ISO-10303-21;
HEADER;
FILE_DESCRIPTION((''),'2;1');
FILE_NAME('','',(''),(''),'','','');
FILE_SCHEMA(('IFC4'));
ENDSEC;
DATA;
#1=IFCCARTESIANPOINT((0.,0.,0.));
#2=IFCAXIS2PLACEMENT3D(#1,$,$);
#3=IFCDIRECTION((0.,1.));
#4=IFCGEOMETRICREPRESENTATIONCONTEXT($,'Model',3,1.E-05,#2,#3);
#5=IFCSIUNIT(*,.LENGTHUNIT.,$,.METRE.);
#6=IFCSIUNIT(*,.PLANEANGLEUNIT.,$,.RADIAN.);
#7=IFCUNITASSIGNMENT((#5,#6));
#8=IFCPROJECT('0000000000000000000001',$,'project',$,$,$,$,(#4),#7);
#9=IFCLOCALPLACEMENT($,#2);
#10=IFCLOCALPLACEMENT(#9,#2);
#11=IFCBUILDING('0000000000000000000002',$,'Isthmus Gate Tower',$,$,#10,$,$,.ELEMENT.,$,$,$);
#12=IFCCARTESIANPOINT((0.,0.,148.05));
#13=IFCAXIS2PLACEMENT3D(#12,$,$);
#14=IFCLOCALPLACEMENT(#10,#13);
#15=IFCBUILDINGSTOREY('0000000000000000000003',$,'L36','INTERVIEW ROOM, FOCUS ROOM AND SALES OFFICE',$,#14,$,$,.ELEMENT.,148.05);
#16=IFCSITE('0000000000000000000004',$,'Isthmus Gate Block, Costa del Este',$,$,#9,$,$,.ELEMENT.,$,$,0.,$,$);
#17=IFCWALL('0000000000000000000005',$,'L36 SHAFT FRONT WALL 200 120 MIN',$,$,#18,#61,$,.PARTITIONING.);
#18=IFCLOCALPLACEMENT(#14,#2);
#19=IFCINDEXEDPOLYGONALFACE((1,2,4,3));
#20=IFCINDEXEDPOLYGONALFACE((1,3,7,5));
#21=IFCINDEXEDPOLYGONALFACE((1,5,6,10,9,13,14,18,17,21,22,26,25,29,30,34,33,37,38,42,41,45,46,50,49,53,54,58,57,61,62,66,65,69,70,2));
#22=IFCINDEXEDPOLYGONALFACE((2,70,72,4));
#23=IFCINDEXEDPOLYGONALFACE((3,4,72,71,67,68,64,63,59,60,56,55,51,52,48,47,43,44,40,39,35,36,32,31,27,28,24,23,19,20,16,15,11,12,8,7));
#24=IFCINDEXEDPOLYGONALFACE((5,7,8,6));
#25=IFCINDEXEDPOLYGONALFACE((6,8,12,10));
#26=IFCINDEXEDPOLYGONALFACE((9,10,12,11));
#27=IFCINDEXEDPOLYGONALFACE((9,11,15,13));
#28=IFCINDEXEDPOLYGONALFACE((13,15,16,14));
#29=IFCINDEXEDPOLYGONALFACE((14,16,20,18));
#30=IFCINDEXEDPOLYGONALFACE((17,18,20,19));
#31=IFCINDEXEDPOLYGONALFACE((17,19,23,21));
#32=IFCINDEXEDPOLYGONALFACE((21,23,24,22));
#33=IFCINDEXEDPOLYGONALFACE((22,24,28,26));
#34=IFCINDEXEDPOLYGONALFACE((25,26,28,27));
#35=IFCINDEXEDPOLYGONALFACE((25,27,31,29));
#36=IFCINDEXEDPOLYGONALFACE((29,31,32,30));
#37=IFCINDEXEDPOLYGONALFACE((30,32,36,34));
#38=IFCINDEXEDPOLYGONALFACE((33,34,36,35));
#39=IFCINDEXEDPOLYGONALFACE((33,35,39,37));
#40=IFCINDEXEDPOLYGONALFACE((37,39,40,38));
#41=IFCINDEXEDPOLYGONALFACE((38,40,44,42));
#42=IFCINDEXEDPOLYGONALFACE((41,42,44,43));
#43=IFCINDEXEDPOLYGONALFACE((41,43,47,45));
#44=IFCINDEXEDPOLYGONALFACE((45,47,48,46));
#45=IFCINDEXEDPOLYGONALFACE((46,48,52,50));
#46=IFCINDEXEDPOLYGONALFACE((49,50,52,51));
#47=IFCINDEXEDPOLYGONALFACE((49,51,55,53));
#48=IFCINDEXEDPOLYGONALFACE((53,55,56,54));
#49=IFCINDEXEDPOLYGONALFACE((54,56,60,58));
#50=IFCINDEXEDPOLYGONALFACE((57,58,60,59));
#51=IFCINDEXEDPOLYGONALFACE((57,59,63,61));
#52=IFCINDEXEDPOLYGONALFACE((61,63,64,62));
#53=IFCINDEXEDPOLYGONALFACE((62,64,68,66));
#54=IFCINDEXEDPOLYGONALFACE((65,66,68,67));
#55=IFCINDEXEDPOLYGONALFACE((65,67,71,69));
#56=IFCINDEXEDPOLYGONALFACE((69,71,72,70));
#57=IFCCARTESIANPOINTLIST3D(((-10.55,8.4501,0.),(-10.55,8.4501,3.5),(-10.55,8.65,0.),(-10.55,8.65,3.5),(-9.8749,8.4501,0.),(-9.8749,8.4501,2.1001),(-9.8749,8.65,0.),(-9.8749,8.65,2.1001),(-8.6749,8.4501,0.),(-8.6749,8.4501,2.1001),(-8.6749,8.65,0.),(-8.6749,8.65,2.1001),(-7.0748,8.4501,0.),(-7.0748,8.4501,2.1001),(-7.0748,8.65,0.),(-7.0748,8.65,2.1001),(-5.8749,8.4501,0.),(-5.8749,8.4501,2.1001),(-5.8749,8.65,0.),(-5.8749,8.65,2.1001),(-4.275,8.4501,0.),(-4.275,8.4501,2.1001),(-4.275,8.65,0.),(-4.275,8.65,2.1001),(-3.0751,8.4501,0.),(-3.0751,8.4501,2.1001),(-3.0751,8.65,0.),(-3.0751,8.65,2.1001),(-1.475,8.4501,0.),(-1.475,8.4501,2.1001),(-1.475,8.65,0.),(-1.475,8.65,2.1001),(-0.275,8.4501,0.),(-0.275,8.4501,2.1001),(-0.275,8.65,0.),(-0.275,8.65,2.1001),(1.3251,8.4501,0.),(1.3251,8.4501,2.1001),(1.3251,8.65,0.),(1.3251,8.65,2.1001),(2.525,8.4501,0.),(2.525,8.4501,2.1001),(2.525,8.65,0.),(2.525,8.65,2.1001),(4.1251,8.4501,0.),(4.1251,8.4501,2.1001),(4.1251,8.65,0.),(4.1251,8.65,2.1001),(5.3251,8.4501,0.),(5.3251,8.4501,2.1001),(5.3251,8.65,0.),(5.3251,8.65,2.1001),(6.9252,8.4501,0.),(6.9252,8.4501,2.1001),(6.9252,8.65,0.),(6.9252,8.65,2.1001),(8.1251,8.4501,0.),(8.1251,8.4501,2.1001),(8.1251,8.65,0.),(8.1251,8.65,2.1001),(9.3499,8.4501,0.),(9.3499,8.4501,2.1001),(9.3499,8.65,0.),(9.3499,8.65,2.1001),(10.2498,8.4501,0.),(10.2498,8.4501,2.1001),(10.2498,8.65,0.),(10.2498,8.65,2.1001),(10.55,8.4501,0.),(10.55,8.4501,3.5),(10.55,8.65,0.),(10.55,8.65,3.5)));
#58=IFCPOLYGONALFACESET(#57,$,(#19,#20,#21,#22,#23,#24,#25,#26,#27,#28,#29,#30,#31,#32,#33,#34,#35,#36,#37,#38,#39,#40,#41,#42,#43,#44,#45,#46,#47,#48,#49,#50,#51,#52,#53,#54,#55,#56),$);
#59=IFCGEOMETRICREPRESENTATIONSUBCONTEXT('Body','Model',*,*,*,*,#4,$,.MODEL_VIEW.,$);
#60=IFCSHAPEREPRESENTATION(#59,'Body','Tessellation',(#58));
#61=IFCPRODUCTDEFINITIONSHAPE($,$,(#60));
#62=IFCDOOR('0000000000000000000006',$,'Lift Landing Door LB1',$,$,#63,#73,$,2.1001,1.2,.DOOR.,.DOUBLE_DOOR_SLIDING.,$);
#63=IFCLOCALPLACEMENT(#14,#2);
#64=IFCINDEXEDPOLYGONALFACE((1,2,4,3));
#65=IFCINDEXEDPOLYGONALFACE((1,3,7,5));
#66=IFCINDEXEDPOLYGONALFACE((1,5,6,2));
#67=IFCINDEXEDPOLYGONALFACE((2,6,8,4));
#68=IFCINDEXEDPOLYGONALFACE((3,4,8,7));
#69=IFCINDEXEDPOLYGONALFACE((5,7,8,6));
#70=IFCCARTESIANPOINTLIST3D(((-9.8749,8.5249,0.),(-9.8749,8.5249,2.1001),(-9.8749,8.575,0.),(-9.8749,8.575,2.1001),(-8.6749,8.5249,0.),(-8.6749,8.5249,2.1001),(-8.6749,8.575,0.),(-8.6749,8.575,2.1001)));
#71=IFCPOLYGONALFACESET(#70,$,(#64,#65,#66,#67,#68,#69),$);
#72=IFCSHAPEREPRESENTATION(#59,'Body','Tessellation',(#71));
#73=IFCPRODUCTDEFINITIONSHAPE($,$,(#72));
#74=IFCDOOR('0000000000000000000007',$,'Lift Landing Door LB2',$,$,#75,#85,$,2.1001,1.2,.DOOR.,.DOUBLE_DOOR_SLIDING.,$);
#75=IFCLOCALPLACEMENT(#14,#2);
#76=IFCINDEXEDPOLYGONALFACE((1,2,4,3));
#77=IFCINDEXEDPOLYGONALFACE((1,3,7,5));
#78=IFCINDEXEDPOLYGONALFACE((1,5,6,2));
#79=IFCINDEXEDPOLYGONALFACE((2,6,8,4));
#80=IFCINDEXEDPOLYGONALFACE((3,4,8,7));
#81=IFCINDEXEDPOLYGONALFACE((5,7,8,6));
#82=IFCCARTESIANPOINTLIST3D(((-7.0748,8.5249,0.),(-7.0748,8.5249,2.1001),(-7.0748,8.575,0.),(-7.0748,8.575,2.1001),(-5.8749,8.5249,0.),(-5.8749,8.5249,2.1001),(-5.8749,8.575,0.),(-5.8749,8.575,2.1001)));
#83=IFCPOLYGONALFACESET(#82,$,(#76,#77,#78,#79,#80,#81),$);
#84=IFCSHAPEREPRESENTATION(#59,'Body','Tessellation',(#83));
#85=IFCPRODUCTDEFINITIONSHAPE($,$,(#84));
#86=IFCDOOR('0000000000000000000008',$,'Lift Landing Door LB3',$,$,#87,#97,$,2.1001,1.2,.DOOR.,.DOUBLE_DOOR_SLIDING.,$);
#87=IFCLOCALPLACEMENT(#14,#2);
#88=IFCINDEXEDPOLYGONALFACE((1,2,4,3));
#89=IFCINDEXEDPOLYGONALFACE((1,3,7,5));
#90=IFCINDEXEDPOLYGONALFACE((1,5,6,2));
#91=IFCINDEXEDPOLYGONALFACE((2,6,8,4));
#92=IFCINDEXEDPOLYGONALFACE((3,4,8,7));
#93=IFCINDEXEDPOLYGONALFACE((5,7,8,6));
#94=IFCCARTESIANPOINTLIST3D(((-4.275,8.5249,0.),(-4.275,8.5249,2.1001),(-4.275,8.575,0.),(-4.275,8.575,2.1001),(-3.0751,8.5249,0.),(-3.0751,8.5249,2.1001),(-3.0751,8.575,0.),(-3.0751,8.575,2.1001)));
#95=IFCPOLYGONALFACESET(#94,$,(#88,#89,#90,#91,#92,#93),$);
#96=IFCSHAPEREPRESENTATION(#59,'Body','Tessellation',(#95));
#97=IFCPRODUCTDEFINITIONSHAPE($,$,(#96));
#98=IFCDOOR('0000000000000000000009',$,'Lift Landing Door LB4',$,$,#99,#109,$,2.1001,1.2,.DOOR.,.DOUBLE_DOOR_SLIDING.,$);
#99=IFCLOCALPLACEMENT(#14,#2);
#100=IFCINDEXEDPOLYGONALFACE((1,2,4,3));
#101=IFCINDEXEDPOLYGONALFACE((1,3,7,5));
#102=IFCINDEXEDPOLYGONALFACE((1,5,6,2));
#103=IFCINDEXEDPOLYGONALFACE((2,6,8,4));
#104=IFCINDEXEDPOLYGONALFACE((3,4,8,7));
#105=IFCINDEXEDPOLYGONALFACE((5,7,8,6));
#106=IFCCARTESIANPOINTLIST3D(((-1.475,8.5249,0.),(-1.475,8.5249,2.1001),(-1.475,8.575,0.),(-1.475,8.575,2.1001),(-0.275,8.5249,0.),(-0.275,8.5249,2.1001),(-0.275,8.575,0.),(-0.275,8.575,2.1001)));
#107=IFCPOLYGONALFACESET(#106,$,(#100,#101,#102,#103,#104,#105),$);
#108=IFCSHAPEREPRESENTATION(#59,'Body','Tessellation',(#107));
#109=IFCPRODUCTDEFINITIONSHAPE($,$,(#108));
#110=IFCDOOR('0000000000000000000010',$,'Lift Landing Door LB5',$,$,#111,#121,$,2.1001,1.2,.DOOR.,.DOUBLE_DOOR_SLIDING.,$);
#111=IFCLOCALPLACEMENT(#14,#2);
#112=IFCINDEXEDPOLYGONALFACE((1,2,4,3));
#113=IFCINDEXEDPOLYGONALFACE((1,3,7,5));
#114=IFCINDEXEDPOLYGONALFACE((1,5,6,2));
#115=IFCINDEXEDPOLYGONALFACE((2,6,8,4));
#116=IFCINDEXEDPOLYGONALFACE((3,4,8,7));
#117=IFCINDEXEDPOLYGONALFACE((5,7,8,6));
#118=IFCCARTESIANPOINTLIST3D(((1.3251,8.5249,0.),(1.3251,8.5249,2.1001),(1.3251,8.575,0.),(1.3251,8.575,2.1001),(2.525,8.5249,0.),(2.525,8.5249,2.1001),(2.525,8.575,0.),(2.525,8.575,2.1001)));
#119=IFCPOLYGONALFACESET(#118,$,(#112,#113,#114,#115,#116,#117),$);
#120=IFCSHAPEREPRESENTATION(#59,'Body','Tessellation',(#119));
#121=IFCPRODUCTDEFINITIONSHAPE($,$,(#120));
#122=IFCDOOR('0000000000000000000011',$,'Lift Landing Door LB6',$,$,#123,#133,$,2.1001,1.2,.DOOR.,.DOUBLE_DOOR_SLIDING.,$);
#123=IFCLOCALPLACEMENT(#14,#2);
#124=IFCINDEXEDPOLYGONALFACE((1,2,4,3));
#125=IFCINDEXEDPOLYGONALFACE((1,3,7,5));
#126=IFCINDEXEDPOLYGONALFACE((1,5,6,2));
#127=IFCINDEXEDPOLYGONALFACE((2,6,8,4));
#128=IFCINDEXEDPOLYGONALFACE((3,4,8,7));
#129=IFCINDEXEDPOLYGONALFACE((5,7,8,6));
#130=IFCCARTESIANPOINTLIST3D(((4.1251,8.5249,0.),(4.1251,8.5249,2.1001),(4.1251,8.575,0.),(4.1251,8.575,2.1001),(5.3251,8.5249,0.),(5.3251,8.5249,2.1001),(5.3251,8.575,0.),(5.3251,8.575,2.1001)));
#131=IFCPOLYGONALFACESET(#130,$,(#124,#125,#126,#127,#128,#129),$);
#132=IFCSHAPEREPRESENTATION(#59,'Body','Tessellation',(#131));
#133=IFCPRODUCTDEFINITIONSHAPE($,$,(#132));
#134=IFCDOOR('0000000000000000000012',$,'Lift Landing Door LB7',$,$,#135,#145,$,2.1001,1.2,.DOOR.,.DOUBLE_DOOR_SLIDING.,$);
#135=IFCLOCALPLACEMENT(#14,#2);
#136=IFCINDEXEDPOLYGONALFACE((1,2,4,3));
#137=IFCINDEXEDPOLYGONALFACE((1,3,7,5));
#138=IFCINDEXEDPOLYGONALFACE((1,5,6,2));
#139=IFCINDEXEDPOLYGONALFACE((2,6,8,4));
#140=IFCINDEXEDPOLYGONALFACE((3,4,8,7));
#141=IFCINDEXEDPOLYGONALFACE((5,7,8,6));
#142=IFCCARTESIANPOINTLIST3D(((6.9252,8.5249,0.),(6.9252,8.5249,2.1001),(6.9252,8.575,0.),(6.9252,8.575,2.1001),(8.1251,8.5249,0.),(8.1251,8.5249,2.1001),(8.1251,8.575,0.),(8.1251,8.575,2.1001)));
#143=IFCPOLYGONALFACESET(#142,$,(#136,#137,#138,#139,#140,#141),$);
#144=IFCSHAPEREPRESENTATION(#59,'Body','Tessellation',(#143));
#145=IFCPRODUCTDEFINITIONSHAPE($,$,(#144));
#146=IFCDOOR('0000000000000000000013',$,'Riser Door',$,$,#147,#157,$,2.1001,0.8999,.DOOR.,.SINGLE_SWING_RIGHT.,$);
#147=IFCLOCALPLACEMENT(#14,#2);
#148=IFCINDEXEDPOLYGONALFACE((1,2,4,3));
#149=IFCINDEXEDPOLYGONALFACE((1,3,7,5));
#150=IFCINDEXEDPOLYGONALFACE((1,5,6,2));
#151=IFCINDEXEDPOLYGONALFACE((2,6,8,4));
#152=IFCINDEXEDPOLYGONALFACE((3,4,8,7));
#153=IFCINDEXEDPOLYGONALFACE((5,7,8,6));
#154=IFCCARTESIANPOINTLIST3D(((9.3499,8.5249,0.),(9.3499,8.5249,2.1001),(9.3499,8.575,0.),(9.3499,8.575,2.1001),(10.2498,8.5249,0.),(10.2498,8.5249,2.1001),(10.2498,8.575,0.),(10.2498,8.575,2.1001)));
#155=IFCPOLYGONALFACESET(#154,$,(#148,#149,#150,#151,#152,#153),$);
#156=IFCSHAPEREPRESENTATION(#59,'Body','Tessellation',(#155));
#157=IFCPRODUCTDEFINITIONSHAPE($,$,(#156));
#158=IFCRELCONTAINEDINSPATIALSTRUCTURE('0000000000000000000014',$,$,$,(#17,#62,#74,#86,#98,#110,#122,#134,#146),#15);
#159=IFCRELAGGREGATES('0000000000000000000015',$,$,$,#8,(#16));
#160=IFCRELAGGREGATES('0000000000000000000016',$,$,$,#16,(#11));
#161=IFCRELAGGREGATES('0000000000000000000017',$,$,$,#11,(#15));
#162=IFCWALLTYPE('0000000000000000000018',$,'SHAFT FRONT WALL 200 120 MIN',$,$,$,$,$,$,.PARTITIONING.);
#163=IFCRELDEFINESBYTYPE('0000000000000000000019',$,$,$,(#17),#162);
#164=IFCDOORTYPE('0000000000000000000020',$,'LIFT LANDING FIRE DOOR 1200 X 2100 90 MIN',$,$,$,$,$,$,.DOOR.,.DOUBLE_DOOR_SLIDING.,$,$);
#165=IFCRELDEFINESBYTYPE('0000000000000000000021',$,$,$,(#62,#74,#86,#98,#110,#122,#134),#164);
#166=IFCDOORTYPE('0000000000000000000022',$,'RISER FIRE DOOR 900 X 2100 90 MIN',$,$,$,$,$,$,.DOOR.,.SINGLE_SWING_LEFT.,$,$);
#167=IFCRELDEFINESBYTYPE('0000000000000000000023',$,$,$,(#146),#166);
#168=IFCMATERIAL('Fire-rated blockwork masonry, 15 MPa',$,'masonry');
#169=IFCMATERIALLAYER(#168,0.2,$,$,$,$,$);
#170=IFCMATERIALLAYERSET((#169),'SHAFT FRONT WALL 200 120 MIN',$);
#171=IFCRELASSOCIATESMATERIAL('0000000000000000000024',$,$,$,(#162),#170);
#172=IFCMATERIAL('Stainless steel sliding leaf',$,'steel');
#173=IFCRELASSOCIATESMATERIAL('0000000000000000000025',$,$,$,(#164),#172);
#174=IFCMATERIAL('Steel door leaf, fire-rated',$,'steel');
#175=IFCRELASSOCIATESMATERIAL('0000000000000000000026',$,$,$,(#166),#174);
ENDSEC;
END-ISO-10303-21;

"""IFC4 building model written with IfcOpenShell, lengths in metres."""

from ifc_helpers import new_model, si_unit, direction, frame, frame_2d, origin, place, context, subcontext, project, spatial, rectangle, extrude, material, layer, layer_set, type_object, element, fill, save


model = new_model("IFC4")

# Units and contexts
model_context = context("Model", 3, precision=1e-05, world=origin(), true_north=direction((0.0, 1.0)))
body_context = subcontext(model_context, "Body", "Model", "MODEL_VIEW")
ifc_project = project(units=[si_unit("LENGTHUNIT", "METRE"), si_unit("PLANEANGLEUNIT", "RADIAN")], contexts=[model_context])

# Site, building, storey
site_placement = place(None, origin())
site = spatial("IfcSite", under=ifc_project, at=site_placement, Name="Isthmus Gate Block, Costa del Este", CompositionType="ELEMENT", RefElevation=0.0)
building_placement = place(site_placement, origin())
building = spatial("IfcBuilding", under=site, at=building_placement, Name="Isthmus Gate Tower", CompositionType="ELEMENT")
storey_placement = place(building_placement, frame((0.0, 0.0, 148.05)))
storey = spatial("IfcBuildingStorey", under=building, at=storey_placement, Name="L36", Description="INTERVIEW ROOM, FOCUS ROOM AND SALES OFFICE", CompositionType="ELEMENT", Elevation=148.05)

# Wall, openings, doors
ifc_material_1 = material(Name="Fire-rated blockwork masonry, 15 MPa", Category="masonry")
ifc_layer_1 = layer(ifc_material_1, 0.2)
ifc_layer_set_1 = layer_set([ifc_layer_1], Name="SHAFT FRONT WALL 200 120 MIN")
wall_type_1 = type_object("IfcWallType", Name="SHAFT FRONT WALL 200 120 MIN", PredefinedType="PARTITIONING", material=ifc_layer_set_1)
wall_1_placement = place(storey_placement, frame((-10.55, 8.55, 0.0), z_axis=(0.0, 0.0, 1.0), x_axis=(1.0, 0.0, 0.0)))
wall_1 = element("IfcWall", 1, at=wall_1_placement, inside=storey, type_object=wall_type_1, Name="L36 SHAFT FRONT WALL 200 120 MIN", PredefinedType="PARTITIONING", context=body_context, shape_type="SweptSolid", body=[
    extrude(rectangle(XDim=21.1001, YDim=0.2, at=frame_2d((10.55, 0.0))), origin(), (0.0, 0.0, 1.0), 3.5),
])
opening_1_placement = place(wall_1_placement, frame((0.675, 0.0, 0.0)))
opening_1 = element("IfcOpeningElement", 2, at=opening_1_placement, cuts=wall_1, PredefinedType="OPENING", context=body_context, shape_type="SweptSolid", body=[
    extrude(rectangle(XDim=1.2, YDim=2.1001, at=frame_2d((0.6001, 1.05))), frame((0.0, 0.1099, 0.0), z_axis=(0.0, -1.0, 0.0), x_axis=(1.0, 0.0, 0.0)), (0.0, 0.0, 1.0), 0.22),
])
opening_2_placement = place(wall_1_placement, frame((3.4751, 0.0, 0.0)))
opening_2 = element("IfcOpeningElement", 3, at=opening_2_placement, cuts=wall_1, PredefinedType="OPENING", context=body_context, shape_type="SweptSolid", body=[
    extrude(rectangle(XDim=1.2, YDim=2.1001, at=frame_2d((0.6001, 1.05))), frame((0.0, 0.1099, 0.0), z_axis=(0.0, -1.0, 0.0), x_axis=(1.0, 0.0, 0.0)), (0.0, 0.0, 1.0), 0.22),
])
opening_3_placement = place(wall_1_placement, frame((6.2749, 0.0, 0.0)))
opening_3 = element("IfcOpeningElement", 4, at=opening_3_placement, cuts=wall_1, PredefinedType="OPENING", context=body_context, shape_type="SweptSolid", body=[
    extrude(rectangle(XDim=1.2, YDim=2.1001, at=frame_2d((0.6001, 1.05))), frame((0.0, 0.1099, 0.0), z_axis=(0.0, -1.0, 0.0), x_axis=(1.0, 0.0, 0.0)), (0.0, 0.0, 1.0), 0.22),
])
opening_4_placement = place(wall_1_placement, frame((9.075, 0.0, 0.0)))
opening_4 = element("IfcOpeningElement", 5, at=opening_4_placement, cuts=wall_1, PredefinedType="OPENING", context=body_context, shape_type="SweptSolid", body=[
    extrude(rectangle(XDim=1.2, YDim=2.1001, at=frame_2d((0.6001, 1.05))), frame((0.0, 0.1099, 0.0), z_axis=(0.0, -1.0, 0.0), x_axis=(1.0, 0.0, 0.0)), (0.0, 0.0, 1.0), 0.22),
])
opening_5_placement = place(wall_1_placement, frame((11.875, 0.0, 0.0)))
opening_5 = element("IfcOpeningElement", 6, at=opening_5_placement, cuts=wall_1, PredefinedType="OPENING", context=body_context, shape_type="SweptSolid", body=[
    extrude(rectangle(XDim=1.2, YDim=2.1001, at=frame_2d((0.6001, 1.05))), frame((0.0, 0.1099, 0.0), z_axis=(0.0, -1.0, 0.0), x_axis=(1.0, 0.0, 0.0)), (0.0, 0.0, 1.0), 0.22),
])
opening_6_placement = place(wall_1_placement, frame((14.675, 0.0, 0.0)))
opening_6 = element("IfcOpeningElement", 7, at=opening_6_placement, cuts=wall_1, PredefinedType="OPENING", context=body_context, shape_type="SweptSolid", body=[
    extrude(rectangle(XDim=1.2, YDim=2.1001, at=frame_2d((0.6001, 1.05))), frame((0.0, 0.1099, 0.0), z_axis=(0.0, -1.0, 0.0), x_axis=(1.0, 0.0, 0.0)), (0.0, 0.0, 1.0), 0.22),
])
opening_7_placement = place(wall_1_placement, frame((17.4751, 0.0, 0.0)))
opening_7 = element("IfcOpeningElement", 8, at=opening_7_placement, cuts=wall_1, PredefinedType="OPENING", context=body_context, shape_type="SweptSolid", body=[
    extrude(rectangle(XDim=1.2, YDim=2.1001, at=frame_2d((0.6001, 1.05))), frame((0.0, 0.1099, 0.0), z_axis=(0.0, -1.0, 0.0), x_axis=(1.0, 0.0, 0.0)), (0.0, 0.0, 1.0), 0.22),
])
opening_8_placement = place(wall_1_placement, frame((19.8999, 0.0, 0.0)))
opening_8 = element("IfcOpeningElement", 9, at=opening_8_placement, cuts=wall_1, PredefinedType="OPENING", context=body_context, shape_type="SweptSolid", body=[
    extrude(rectangle(XDim=0.8999, YDim=2.1001, at=frame_2d((0.45, 1.05))), frame((0.0, 0.1099, 0.0), z_axis=(0.0, -1.0, 0.0), x_axis=(1.0, 0.0, 0.0)), (0.0, 0.0, 1.0), 0.22),
])
ifc_material_2 = material(Name="Stainless steel sliding leaf", Category="steel")
door_type_1 = type_object("IfcDoorType", Name="LIFT LANDING FIRE DOOR 1200 X 2100 90 MIN", OperationType="DOUBLE_DOOR_SLIDING", PredefinedType="DOOR", material=ifc_material_2)
door_1_placement = place(opening_1_placement, origin())
door_1 = element("IfcDoor", 10, at=door_1_placement, inside=storey, type_object=door_type_1, Name="Lift Landing Door LB1", OperationType="DOUBLE_DOOR_SLIDING", OverallHeight=2.1001, OverallWidth=1.2, PredefinedType="DOOR", context=body_context, shape_type="SweptSolid", body=[
    extrude(rectangle(XDim=1.2, YDim=2.1001, at=frame_2d((0.6001, 1.05))), frame((0.0, 0.0249, 0.0), z_axis=(0.0, -1.0, 0.0), x_axis=(1.0, 0.0, 0.0)), (0.0, 0.0, 1.0), 0.05),
])
fill(opening_1, door_1)
door_2_placement = place(opening_2_placement, origin())
door_2 = element("IfcDoor", 11, at=door_2_placement, inside=storey, type_object=door_type_1, Name="Lift Landing Door LB2", OperationType="DOUBLE_DOOR_SLIDING", OverallHeight=2.1001, OverallWidth=1.2, PredefinedType="DOOR", context=body_context, shape_type="SweptSolid", body=[
    extrude(rectangle(XDim=1.2, YDim=2.1001, at=frame_2d((0.6001, 1.05))), frame((0.0, 0.0249, 0.0), z_axis=(0.0, -1.0, 0.0), x_axis=(1.0, 0.0, 0.0)), (0.0, 0.0, 1.0), 0.05),
])
fill(opening_2, door_2)
door_3_placement = place(opening_3_placement, origin())
door_3 = element("IfcDoor", 12, at=door_3_placement, inside=storey, type_object=door_type_1, Name="Lift Landing Door LB3", OperationType="DOUBLE_DOOR_SLIDING", OverallHeight=2.1001, OverallWidth=1.2, PredefinedType="DOOR", context=body_context, shape_type="SweptSolid", body=[
    extrude(rectangle(XDim=1.2, YDim=2.1001, at=frame_2d((0.6001, 1.05))), frame((0.0, 0.0249, 0.0), z_axis=(0.0, -1.0, 0.0), x_axis=(1.0, 0.0, 0.0)), (0.0, 0.0, 1.0), 0.05),
])
fill(opening_3, door_3)
door_4_placement = place(opening_4_placement, origin())
door_4 = element("IfcDoor", 13, at=door_4_placement, inside=storey, type_object=door_type_1, Name="Lift Landing Door LB4", OperationType="DOUBLE_DOOR_SLIDING", OverallHeight=2.1001, OverallWidth=1.2, PredefinedType="DOOR", context=body_context, shape_type="SweptSolid", body=[
    extrude(rectangle(XDim=1.2, YDim=2.1001, at=frame_2d((0.6001, 1.05))), frame((0.0, 0.0249, 0.0), z_axis=(0.0, -1.0, 0.0), x_axis=(1.0, 0.0, 0.0)), (0.0, 0.0, 1.0), 0.05),
])
fill(opening_4, door_4)
door_5_placement = place(opening_5_placement, origin())
door_5 = element("IfcDoor", 14, at=door_5_placement, inside=storey, type_object=door_type_1, Name="Lift Landing Door LB5", OperationType="DOUBLE_DOOR_SLIDING", OverallHeight=2.1001, OverallWidth=1.2, PredefinedType="DOOR", context=body_context, shape_type="SweptSolid", body=[
    extrude(rectangle(XDim=1.2, YDim=2.1001, at=frame_2d((0.6001, 1.05))), frame((0.0, 0.0249, 0.0), z_axis=(0.0, -1.0, 0.0), x_axis=(1.0, 0.0, 0.0)), (0.0, 0.0, 1.0), 0.05),
])
fill(opening_5, door_5)
door_6_placement = place(opening_6_placement, origin())
door_6 = element("IfcDoor", 15, at=door_6_placement, inside=storey, type_object=door_type_1, Name="Lift Landing Door LB6", OperationType="DOUBLE_DOOR_SLIDING", OverallHeight=2.1001, OverallWidth=1.2, PredefinedType="DOOR", context=body_context, shape_type="SweptSolid", body=[
    extrude(rectangle(XDim=1.2, YDim=2.1001, at=frame_2d((0.6001, 1.05))), frame((0.0, 0.0249, 0.0), z_axis=(0.0, -1.0, 0.0), x_axis=(1.0, 0.0, 0.0)), (0.0, 0.0, 1.0), 0.05),
])
fill(opening_6, door_6)
door_7_placement = place(opening_7_placement, origin())
door_7 = element("IfcDoor", 16, at=door_7_placement, inside=storey, type_object=door_type_1, Name="Lift Landing Door LB7", OperationType="DOUBLE_DOOR_SLIDING", OverallHeight=2.1001, OverallWidth=1.2, PredefinedType="DOOR", context=body_context, shape_type="SweptSolid", body=[
    extrude(rectangle(XDim=1.2, YDim=2.1001, at=frame_2d((0.6001, 1.05))), frame((0.0, 0.0249, 0.0), z_axis=(0.0, -1.0, 0.0), x_axis=(1.0, 0.0, 0.0)), (0.0, 0.0, 1.0), 0.05),
])
fill(opening_7, door_7)
ifc_material_3 = material(Name="Steel door leaf, fire-rated", Category="steel")
door_type_2 = type_object("IfcDoorType", Name="RISER FIRE DOOR 900 X 2100 90 MIN", OperationType="SINGLE_SWING_LEFT", PredefinedType="DOOR", material=ifc_material_3)
door_8_placement = place(opening_8_placement, origin())
door_8 = element("IfcDoor", 17, at=door_8_placement, inside=storey, type_object=door_type_2, Name="Riser Door", OperationType="SINGLE_SWING_RIGHT", OverallHeight=2.1001, OverallWidth=0.8999, PredefinedType="DOOR", context=body_context, shape_type="SweptSolid", body=[
    extrude(rectangle(XDim=0.8999, YDim=2.1001, at=frame_2d((0.45, 1.05))), frame((0.0, 0.0249, 0.0), z_axis=(0.0, -1.0, 0.0), x_axis=(1.0, 0.0, 0.0)), (0.0, 0.0, 1.0), 0.05),
])
fill(opening_8, door_8)

save(model, "model.ifc")
